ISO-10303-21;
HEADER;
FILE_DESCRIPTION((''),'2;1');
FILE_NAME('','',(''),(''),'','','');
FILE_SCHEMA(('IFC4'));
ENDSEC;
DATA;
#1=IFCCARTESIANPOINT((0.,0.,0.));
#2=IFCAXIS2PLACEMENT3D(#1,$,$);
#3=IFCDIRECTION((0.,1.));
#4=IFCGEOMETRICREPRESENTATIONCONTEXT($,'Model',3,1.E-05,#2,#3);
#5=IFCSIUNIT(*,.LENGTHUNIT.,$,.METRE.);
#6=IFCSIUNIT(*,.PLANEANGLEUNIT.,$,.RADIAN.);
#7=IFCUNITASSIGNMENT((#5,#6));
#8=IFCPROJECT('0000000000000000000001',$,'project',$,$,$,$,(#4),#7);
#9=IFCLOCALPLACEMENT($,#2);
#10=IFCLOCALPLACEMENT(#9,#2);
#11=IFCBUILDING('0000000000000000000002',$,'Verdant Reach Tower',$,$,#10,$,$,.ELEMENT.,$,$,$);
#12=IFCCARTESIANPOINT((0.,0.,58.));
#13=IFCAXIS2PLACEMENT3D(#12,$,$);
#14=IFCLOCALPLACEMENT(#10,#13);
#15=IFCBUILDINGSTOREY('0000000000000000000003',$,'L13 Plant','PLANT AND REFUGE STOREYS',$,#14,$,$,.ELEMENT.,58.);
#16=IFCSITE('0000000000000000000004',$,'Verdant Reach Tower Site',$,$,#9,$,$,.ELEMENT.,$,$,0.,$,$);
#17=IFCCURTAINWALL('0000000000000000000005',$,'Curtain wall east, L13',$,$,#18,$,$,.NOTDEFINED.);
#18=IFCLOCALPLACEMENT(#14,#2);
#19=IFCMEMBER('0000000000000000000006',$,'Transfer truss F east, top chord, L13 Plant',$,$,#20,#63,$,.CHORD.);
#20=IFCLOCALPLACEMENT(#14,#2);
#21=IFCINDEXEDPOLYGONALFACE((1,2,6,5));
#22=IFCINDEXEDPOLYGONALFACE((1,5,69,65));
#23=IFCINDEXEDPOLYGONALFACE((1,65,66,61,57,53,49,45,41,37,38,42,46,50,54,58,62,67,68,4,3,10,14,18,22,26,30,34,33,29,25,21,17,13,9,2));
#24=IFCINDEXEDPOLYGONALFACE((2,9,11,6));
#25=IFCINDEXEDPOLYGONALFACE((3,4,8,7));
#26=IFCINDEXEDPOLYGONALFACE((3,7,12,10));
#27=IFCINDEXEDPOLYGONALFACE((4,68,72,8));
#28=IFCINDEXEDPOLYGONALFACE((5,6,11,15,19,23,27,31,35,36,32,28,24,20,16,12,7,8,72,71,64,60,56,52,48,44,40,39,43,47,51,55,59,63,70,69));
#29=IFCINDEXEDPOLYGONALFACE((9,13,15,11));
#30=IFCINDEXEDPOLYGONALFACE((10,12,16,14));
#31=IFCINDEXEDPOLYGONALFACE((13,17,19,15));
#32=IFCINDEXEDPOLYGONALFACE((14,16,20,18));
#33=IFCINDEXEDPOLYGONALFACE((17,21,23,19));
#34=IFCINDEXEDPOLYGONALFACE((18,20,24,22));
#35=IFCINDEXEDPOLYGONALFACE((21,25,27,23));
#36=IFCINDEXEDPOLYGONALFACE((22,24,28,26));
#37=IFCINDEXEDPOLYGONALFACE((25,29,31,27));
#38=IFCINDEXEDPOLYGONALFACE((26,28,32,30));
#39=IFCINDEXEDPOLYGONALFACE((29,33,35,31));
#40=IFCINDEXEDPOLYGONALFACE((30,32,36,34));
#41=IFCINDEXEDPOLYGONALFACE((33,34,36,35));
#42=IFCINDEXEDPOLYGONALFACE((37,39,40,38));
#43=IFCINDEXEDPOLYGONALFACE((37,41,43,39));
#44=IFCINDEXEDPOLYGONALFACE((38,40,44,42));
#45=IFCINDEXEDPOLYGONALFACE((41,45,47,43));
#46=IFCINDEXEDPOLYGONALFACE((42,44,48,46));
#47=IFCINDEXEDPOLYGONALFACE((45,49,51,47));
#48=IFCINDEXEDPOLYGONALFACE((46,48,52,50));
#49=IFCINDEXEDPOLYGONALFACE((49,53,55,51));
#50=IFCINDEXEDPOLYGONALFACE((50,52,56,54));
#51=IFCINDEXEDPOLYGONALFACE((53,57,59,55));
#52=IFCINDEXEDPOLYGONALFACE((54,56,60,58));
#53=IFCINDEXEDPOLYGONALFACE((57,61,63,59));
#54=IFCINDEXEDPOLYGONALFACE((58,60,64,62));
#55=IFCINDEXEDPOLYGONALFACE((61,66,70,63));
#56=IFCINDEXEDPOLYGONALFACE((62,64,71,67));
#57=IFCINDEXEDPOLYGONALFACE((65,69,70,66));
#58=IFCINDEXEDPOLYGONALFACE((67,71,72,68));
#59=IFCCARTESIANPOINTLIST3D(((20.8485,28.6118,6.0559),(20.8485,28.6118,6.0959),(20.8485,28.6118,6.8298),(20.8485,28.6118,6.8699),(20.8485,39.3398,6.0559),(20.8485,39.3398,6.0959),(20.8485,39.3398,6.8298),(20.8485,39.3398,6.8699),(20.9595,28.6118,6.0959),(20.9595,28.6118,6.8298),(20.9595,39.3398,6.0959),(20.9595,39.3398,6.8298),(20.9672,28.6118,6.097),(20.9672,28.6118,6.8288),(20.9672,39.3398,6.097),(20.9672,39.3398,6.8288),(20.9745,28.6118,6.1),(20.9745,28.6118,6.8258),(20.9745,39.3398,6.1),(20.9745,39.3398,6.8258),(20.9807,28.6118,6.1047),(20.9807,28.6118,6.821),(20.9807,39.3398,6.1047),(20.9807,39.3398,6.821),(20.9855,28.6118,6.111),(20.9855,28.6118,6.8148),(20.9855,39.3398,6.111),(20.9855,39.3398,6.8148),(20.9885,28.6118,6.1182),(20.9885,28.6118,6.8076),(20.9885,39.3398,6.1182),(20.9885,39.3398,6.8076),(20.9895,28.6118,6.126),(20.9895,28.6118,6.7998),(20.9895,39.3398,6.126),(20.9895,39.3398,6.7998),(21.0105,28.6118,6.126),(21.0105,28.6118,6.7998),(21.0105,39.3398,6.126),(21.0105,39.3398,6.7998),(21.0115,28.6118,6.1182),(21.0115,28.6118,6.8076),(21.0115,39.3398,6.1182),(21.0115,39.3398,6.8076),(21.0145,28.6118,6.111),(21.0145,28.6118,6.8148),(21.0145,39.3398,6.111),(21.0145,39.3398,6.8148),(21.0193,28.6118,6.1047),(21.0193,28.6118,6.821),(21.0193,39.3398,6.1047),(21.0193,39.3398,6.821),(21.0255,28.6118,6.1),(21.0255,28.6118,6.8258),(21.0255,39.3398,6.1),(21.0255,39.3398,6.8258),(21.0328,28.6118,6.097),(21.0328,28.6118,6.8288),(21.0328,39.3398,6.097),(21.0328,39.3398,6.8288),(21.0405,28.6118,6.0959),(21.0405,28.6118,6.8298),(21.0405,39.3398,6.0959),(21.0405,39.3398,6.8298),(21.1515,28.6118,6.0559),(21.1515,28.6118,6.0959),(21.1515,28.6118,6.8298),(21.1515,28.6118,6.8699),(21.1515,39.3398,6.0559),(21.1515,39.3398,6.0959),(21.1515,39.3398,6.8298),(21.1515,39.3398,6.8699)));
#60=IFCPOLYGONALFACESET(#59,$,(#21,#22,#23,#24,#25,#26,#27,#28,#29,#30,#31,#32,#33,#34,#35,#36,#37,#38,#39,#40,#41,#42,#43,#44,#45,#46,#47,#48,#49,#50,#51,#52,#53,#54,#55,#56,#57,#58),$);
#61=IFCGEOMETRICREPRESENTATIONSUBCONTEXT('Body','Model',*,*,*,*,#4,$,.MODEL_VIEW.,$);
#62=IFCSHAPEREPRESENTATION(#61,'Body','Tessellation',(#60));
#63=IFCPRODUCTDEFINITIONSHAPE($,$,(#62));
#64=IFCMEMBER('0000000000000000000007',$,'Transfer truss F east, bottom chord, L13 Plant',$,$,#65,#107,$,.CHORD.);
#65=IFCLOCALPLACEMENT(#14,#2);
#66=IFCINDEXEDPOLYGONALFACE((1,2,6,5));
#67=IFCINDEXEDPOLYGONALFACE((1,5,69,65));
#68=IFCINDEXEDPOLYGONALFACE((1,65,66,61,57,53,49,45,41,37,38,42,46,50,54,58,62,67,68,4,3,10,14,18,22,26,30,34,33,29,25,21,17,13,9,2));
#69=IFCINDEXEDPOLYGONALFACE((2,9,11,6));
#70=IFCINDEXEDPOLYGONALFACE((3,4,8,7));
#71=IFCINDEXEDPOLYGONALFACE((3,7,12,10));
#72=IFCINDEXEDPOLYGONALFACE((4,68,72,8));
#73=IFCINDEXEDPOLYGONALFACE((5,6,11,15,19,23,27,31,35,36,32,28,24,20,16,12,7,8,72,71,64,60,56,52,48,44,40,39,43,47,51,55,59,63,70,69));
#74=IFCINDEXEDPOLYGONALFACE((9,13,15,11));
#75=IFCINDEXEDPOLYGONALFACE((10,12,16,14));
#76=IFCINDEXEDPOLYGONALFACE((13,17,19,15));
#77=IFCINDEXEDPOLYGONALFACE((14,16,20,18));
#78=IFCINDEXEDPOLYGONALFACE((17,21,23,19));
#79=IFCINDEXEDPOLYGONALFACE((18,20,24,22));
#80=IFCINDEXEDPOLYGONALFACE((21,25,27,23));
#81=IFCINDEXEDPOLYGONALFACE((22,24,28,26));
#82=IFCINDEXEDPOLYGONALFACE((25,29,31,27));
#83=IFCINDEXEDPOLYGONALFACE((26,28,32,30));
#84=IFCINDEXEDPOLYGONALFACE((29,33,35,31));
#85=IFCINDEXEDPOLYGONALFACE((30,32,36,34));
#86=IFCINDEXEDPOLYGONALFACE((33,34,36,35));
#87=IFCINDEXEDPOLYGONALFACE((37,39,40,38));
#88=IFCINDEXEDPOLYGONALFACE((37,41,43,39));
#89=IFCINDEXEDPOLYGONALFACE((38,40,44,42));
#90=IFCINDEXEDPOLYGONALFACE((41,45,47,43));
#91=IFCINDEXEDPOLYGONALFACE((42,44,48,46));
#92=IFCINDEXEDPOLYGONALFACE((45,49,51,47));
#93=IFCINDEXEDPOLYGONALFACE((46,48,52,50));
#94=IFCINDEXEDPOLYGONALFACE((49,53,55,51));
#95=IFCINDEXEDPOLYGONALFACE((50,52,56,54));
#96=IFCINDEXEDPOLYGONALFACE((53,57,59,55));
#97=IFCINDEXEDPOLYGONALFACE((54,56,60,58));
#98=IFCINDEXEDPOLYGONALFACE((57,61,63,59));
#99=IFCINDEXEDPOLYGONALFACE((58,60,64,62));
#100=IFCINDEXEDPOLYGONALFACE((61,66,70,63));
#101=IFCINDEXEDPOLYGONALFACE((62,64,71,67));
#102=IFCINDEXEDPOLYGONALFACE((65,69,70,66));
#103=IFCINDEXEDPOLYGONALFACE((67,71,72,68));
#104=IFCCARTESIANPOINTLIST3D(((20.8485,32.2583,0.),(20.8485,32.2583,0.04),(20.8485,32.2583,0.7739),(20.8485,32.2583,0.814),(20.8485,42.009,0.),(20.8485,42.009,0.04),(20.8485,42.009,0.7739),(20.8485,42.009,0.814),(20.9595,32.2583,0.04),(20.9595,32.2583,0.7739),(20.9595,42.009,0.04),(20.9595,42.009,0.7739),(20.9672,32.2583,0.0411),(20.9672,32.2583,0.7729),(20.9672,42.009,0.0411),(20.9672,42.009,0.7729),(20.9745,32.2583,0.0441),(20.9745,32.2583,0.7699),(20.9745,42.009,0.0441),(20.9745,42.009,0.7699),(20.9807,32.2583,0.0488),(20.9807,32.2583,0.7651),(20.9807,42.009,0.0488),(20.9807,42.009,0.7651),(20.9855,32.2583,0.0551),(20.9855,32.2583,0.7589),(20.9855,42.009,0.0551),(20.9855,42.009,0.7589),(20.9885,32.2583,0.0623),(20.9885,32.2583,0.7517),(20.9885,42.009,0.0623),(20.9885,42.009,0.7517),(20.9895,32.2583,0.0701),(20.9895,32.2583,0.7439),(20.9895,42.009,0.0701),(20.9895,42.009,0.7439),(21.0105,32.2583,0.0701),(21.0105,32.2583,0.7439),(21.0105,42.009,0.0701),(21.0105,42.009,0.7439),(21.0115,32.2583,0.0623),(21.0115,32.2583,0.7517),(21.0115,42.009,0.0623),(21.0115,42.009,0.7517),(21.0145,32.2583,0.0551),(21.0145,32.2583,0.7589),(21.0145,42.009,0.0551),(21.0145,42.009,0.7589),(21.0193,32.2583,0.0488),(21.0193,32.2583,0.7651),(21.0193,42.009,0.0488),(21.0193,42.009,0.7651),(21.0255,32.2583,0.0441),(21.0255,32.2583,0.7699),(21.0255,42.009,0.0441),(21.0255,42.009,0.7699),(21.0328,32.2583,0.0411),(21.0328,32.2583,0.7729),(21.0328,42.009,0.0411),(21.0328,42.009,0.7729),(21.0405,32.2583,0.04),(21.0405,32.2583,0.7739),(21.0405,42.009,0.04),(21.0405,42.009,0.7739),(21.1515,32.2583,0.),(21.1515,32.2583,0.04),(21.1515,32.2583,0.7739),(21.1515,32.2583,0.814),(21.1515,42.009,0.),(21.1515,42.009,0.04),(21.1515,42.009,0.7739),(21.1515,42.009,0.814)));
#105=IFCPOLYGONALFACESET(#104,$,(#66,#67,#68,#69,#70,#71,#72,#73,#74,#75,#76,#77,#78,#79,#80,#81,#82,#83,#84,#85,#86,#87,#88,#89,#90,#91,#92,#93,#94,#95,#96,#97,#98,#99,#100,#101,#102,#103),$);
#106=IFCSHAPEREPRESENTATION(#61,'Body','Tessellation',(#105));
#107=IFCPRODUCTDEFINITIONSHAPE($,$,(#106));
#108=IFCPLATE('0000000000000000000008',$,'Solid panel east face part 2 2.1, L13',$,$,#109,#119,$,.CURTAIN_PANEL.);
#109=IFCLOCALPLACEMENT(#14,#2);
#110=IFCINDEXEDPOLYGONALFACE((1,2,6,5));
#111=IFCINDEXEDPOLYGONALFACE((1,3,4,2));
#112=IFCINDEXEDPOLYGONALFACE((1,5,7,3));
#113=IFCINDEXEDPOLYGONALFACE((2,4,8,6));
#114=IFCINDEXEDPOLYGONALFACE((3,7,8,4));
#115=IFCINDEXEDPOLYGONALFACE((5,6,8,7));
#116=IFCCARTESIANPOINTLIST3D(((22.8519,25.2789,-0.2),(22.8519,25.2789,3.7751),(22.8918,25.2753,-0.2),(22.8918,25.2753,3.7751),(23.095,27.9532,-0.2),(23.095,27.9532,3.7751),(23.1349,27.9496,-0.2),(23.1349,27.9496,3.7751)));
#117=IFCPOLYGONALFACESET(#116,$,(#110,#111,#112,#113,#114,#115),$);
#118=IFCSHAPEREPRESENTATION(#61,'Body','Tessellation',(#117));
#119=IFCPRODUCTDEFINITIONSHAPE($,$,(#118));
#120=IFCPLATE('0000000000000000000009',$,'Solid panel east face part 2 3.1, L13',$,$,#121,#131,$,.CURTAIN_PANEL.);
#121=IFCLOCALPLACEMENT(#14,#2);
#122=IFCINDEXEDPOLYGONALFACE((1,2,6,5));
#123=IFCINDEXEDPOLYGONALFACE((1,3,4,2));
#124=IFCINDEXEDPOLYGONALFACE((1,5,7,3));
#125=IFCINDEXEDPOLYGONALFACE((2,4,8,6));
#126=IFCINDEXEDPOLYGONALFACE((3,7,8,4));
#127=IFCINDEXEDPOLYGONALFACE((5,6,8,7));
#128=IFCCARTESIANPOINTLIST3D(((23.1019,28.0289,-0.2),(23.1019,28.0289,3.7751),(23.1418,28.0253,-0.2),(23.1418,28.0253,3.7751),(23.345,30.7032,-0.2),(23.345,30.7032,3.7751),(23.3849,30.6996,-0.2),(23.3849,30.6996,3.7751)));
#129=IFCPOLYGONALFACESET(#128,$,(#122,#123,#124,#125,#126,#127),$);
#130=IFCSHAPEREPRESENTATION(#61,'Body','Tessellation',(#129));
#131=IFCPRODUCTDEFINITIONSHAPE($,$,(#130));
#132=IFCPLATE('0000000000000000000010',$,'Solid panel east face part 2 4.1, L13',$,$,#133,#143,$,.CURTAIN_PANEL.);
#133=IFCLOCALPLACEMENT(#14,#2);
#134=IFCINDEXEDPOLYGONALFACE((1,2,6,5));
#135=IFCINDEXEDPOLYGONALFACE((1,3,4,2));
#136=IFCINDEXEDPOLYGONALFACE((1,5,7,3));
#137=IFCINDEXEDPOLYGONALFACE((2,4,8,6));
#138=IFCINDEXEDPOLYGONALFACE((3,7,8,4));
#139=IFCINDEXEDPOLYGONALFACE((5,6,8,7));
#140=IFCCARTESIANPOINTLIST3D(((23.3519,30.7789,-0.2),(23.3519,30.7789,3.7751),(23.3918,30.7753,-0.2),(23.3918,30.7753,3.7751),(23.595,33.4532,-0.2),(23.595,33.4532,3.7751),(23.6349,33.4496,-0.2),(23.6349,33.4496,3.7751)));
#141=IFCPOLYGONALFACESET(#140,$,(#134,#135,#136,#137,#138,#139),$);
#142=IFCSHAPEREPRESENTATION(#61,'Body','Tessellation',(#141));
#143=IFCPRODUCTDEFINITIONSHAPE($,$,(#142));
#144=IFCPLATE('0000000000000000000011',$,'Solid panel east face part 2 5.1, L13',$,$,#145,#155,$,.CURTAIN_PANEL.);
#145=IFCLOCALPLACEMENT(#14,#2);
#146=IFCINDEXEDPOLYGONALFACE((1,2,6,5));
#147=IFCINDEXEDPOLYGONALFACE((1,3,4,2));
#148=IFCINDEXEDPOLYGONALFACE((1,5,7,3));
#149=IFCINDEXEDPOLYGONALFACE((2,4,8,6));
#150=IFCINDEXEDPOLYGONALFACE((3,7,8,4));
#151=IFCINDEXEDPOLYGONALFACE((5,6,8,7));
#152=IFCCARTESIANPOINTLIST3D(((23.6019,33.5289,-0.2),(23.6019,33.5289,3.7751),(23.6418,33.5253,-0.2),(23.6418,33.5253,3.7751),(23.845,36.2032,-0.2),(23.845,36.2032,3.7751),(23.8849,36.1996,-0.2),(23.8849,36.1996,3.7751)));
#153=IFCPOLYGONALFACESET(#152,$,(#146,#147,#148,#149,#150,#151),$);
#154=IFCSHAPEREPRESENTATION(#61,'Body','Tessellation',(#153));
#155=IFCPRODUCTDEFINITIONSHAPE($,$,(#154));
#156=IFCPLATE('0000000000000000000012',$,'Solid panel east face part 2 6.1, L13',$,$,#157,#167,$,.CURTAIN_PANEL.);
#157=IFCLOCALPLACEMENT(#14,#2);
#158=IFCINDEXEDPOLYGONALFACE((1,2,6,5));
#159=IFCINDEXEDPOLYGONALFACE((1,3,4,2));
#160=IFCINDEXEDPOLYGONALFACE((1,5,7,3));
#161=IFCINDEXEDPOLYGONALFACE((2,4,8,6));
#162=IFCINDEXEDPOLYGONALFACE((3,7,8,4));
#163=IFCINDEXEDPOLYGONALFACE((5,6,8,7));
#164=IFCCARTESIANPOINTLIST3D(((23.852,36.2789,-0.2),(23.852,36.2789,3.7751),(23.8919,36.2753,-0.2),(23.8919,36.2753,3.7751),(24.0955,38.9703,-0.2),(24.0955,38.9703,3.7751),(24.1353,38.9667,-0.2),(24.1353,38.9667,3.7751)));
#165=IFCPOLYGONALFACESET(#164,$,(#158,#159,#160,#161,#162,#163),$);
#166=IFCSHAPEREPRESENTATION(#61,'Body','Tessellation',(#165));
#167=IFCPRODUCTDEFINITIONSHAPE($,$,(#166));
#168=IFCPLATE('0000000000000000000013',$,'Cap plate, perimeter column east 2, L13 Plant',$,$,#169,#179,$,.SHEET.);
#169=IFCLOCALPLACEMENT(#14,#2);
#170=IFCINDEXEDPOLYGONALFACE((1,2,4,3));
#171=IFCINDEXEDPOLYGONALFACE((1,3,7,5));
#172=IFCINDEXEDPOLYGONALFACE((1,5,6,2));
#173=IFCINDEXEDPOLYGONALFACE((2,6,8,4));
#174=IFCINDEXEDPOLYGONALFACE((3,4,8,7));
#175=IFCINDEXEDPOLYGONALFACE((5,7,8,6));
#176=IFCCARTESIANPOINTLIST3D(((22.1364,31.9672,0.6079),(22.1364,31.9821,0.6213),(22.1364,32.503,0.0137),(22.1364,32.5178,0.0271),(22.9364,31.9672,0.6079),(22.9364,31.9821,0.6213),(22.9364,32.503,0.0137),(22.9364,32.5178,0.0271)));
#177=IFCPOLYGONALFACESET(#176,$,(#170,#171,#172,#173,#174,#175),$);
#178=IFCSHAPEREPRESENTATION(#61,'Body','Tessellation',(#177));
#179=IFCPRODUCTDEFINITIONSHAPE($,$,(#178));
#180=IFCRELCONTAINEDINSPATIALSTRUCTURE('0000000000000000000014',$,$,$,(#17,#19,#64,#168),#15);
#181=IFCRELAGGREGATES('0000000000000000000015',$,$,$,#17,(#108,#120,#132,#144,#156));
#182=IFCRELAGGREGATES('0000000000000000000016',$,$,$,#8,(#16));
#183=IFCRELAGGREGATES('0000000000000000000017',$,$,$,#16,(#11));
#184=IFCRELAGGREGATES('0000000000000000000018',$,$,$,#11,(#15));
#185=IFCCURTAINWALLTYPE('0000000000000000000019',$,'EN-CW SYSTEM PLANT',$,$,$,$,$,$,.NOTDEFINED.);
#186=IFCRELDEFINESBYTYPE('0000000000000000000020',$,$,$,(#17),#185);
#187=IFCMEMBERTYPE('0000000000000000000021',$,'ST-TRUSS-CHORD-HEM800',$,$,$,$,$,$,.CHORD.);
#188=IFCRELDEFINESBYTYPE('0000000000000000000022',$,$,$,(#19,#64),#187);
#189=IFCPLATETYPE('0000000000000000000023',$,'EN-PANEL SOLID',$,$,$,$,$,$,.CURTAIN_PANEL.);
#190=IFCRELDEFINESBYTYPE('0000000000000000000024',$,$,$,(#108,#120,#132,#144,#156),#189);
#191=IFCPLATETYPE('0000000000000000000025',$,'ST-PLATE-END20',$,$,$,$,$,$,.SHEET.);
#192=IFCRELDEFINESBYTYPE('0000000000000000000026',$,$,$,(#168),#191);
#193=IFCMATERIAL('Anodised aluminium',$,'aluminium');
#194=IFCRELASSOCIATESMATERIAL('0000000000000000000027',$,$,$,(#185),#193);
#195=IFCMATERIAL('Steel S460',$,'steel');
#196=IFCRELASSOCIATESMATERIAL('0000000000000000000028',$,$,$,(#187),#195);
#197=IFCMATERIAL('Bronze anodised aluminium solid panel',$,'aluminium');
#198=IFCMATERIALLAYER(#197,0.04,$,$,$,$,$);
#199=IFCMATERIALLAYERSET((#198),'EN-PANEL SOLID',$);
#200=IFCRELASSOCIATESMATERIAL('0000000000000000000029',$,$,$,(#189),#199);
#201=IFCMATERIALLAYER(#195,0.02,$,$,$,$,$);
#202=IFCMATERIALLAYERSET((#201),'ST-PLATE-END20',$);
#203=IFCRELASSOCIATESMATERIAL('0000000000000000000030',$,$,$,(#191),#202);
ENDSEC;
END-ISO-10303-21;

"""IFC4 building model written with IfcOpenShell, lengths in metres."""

from ifc_helpers import new_model, si_unit, direction, frame, origin, origin_2d, place, context, subcontext, project, spatial, rectangle, i_section, extrude, material, layer, layer_set, material_profile, profile_set, type_object, element, aggregate, save


model = new_model("IFC4")

# Units and contexts
model_context = context("Model", 3, precision=1e-05, world=origin(), true_north=direction((0.0, 1.0)))
body_context = subcontext(model_context, "Body", "Model", "MODEL_VIEW")
ifc_project = project(units=[si_unit("LENGTHUNIT", "METRE"), si_unit("PLANEANGLEUNIT", "RADIAN")], contexts=[model_context])

# Site, building, storey
site_placement = place(None, origin())
site = spatial("IfcSite", under=ifc_project, at=site_placement, Name="Verdant Reach Tower Site", CompositionType="ELEMENT", RefElevation=0.0)
building_placement = place(site_placement, origin())
building = spatial("IfcBuilding", under=site, at=building_placement, Name="Verdant Reach Tower", CompositionType="ELEMENT")
storey_placement = place(building_placement, frame((0.0, 0.0, 58.0)))
storey = spatial("IfcBuildingStorey", under=building, at=storey_placement, Name="L13 Plant", Description="PLANT AND REFUGE STOREYS", CompositionType="ELEMENT", Elevation=58.0)

# Shared definitions
ifc_material_1 = material(Name="Steel S460", Category="steel")

# Curtain wall
ifc_material_2 = material(Name="Anodised aluminium", Category="aluminium")
curtain_wall_type = type_object("IfcCurtainWallType", Name="EN-CW SYSTEM PLANT", PredefinedType="NOTDEFINED", material=ifc_material_2)
curtain_wall_placement = place(storey_placement, origin())
curtain_wall = element("IfcCurtainWall", 1, at=curtain_wall_placement, inside=storey, type_object=curtain_wall_type, Name="Curtain wall east, L13", PredefinedType="NOTDEFINED")

# Members
ifc_material_profile_1 = material_profile(ifc_material_1, i_section(OverallWidth=0.303, OverallDepth=0.814, WebThickness=0.021, FlangeThickness=0.04, FilletRadius=0.03, at=origin_2d()), Name="HEM 800")
ifc_profile_set_1 = profile_set([ifc_material_profile_1], Name="Steel S460")
member_type_1 = type_object("IfcMemberType", Name="ST-TRUSS-CHORD-HEM800", PredefinedType="CHORD", material=ifc_profile_set_1)
member_1_placement = place(storey_placement, frame((21.0, 28.6118, 6.4629), z_axis=(0.0, 1.0, 0.0), x_axis=(-1.0, 0.0, 0.0)))
element("IfcMember", 2, at=member_1_placement, inside=storey, type_object=member_type_1, Name="Transfer truss F east, top chord, L13 Plant", PredefinedType="CHORD", context=body_context, shape_type="SweptSolid", body=[
    extrude(i_section(OverallWidth=0.303, OverallDepth=0.814, WebThickness=0.021, FlangeThickness=0.04, FilletRadius=0.03, at=origin_2d()), origin(), (0.0, 0.0, 1.0), 10.728),
])
member_2_placement = place(storey_placement, frame((21.0, 32.2583, 0.407), z_axis=(0.0, 1.0, 0.0), x_axis=(-1.0, 0.0, 0.0)))
element("IfcMember", 3, at=member_2_placement, inside=storey, type_object=member_type_1, Name="Transfer truss F east, bottom chord, L13 Plant", PredefinedType="CHORD", context=body_context, shape_type="SweptSolid", body=[
    extrude(i_section(OverallWidth=0.303, OverallDepth=0.814, WebThickness=0.021, FlangeThickness=0.04, FilletRadius=0.03, at=origin_2d()), origin(), (0.0, 0.0, 1.0), 9.7507),
])

# Plates
ifc_material_3 = material(Name="Bronze anodised aluminium solid panel", Category="aluminium")
ifc_layer_1 = layer(ifc_material_3, 0.04)
ifc_layer_set_1 = layer_set([ifc_layer_1], Name="EN-PANEL SOLID")
plate_type_1 = type_object("IfcPlateType", Name="EN-PANEL SOLID", PredefinedType="CURTAIN_PANEL", material=ifc_layer_set_1)
plate_1_placement = place(storey_placement, frame((22.9934, 26.6143, -0.2), z_axis=(0.0, 0.0, 1.0), x_axis=(0.090536, 0.995893, 0.0)))
plate_1 = element("IfcPlate", 4, at=plate_1_placement, type_object=plate_type_1, Name="Solid panel east face part 2 2.1, L13", PredefinedType="CURTAIN_PANEL", context=body_context, shape_type="SweptSolid", body=[
    extrude(rectangle(XDim=2.6853, YDim=0.04, at=origin_2d()), origin(), (0.0, 0.0, 1.0), 3.9751),
])
plate_2_placement = place(storey_placement, frame((23.2434, 29.3643, -0.2), z_axis=(0.0, 0.0, 1.0), x_axis=(0.090536, 0.995893, 0.0)))
plate_2 = element("IfcPlate", 5, at=plate_2_placement, type_object=plate_type_1, Name="Solid panel east face part 2 3.1, L13", PredefinedType="CURTAIN_PANEL", context=body_context, shape_type="SweptSolid", body=[
    extrude(rectangle(XDim=2.6853, YDim=0.04, at=origin_2d()), origin(), (0.0, 0.0, 1.0), 3.9751),
])
plate_3_placement = place(storey_placement, frame((23.4934, 32.1143, -0.2), z_axis=(0.0, 0.0, 1.0), x_axis=(0.090536, 0.995893, 0.0)))
plate_3 = element("IfcPlate", 6, at=plate_3_placement, type_object=plate_type_1, Name="Solid panel east face part 2 4.1, L13", PredefinedType="CURTAIN_PANEL", context=body_context, shape_type="SweptSolid", body=[
    extrude(rectangle(XDim=2.6853, YDim=0.04, at=origin_2d()), origin(), (0.0, 0.0, 1.0), 3.9751),
])
plate_4_placement = place(storey_placement, frame((23.7434, 34.8643, -0.2), z_axis=(0.0, 0.0, 1.0), x_axis=(0.090536, 0.995893, 0.0)))
plate_4 = element("IfcPlate", 7, at=plate_4_placement, type_object=plate_type_1, Name="Solid panel east face part 2 5.1, L13", PredefinedType="CURTAIN_PANEL", context=body_context, shape_type="SweptSolid", body=[
    extrude(rectangle(XDim=2.6853, YDim=0.04, at=origin_2d()), origin(), (0.0, 0.0, 1.0), 3.9751),
])
plate_5_placement = place(storey_placement, frame((23.9937, 37.6228, -0.2), z_axis=(0.0, 0.0, 1.0), x_axis=(0.090097, 0.995933, 0.0)))
plate_5 = element("IfcPlate", 8, at=plate_5_placement, type_object=plate_type_1, Name="Solid panel east face part 2 6.1, L13", PredefinedType="CURTAIN_PANEL", context=body_context, shape_type="SweptSolid", body=[
    extrude(rectangle(XDim=2.7024, YDim=0.04, at=origin_2d()), origin(), (0.0, 0.0, 1.0), 3.9751),
])
ifc_layer_2 = layer(ifc_material_1, 0.02)
ifc_layer_set_2 = layer_set([ifc_layer_2], Name="ST-PLATE-END20")
plate_type_2 = type_object("IfcPlateType", Name="ST-PLATE-END20", PredefinedType="SHEET", material=ifc_layer_set_2)
plate_6_placement = place(storey_placement, frame((22.5364, 32.2351, 0.3108), z_axis=(0.0, 0.742688, 0.669637), x_axis=(-1.0, 0.0, 0.0)))
element("IfcPlate", 9, at=plate_6_placement, inside=storey, type_object=plate_type_2, Name="Cap plate, perimeter column east 2, L13 Plant", PredefinedType="SHEET", context=body_context, shape_type="SweptSolid", body=[
    extrude(rectangle(XDim=0.8, YDim=0.8, at=origin_2d()), origin(), (0.0, 0.0, 1.0), 0.02),
])

aggregate(curtain_wall, [plate_1, plate_2, plate_3, plate_4, plate_5])

save(model, "model.ifc")
